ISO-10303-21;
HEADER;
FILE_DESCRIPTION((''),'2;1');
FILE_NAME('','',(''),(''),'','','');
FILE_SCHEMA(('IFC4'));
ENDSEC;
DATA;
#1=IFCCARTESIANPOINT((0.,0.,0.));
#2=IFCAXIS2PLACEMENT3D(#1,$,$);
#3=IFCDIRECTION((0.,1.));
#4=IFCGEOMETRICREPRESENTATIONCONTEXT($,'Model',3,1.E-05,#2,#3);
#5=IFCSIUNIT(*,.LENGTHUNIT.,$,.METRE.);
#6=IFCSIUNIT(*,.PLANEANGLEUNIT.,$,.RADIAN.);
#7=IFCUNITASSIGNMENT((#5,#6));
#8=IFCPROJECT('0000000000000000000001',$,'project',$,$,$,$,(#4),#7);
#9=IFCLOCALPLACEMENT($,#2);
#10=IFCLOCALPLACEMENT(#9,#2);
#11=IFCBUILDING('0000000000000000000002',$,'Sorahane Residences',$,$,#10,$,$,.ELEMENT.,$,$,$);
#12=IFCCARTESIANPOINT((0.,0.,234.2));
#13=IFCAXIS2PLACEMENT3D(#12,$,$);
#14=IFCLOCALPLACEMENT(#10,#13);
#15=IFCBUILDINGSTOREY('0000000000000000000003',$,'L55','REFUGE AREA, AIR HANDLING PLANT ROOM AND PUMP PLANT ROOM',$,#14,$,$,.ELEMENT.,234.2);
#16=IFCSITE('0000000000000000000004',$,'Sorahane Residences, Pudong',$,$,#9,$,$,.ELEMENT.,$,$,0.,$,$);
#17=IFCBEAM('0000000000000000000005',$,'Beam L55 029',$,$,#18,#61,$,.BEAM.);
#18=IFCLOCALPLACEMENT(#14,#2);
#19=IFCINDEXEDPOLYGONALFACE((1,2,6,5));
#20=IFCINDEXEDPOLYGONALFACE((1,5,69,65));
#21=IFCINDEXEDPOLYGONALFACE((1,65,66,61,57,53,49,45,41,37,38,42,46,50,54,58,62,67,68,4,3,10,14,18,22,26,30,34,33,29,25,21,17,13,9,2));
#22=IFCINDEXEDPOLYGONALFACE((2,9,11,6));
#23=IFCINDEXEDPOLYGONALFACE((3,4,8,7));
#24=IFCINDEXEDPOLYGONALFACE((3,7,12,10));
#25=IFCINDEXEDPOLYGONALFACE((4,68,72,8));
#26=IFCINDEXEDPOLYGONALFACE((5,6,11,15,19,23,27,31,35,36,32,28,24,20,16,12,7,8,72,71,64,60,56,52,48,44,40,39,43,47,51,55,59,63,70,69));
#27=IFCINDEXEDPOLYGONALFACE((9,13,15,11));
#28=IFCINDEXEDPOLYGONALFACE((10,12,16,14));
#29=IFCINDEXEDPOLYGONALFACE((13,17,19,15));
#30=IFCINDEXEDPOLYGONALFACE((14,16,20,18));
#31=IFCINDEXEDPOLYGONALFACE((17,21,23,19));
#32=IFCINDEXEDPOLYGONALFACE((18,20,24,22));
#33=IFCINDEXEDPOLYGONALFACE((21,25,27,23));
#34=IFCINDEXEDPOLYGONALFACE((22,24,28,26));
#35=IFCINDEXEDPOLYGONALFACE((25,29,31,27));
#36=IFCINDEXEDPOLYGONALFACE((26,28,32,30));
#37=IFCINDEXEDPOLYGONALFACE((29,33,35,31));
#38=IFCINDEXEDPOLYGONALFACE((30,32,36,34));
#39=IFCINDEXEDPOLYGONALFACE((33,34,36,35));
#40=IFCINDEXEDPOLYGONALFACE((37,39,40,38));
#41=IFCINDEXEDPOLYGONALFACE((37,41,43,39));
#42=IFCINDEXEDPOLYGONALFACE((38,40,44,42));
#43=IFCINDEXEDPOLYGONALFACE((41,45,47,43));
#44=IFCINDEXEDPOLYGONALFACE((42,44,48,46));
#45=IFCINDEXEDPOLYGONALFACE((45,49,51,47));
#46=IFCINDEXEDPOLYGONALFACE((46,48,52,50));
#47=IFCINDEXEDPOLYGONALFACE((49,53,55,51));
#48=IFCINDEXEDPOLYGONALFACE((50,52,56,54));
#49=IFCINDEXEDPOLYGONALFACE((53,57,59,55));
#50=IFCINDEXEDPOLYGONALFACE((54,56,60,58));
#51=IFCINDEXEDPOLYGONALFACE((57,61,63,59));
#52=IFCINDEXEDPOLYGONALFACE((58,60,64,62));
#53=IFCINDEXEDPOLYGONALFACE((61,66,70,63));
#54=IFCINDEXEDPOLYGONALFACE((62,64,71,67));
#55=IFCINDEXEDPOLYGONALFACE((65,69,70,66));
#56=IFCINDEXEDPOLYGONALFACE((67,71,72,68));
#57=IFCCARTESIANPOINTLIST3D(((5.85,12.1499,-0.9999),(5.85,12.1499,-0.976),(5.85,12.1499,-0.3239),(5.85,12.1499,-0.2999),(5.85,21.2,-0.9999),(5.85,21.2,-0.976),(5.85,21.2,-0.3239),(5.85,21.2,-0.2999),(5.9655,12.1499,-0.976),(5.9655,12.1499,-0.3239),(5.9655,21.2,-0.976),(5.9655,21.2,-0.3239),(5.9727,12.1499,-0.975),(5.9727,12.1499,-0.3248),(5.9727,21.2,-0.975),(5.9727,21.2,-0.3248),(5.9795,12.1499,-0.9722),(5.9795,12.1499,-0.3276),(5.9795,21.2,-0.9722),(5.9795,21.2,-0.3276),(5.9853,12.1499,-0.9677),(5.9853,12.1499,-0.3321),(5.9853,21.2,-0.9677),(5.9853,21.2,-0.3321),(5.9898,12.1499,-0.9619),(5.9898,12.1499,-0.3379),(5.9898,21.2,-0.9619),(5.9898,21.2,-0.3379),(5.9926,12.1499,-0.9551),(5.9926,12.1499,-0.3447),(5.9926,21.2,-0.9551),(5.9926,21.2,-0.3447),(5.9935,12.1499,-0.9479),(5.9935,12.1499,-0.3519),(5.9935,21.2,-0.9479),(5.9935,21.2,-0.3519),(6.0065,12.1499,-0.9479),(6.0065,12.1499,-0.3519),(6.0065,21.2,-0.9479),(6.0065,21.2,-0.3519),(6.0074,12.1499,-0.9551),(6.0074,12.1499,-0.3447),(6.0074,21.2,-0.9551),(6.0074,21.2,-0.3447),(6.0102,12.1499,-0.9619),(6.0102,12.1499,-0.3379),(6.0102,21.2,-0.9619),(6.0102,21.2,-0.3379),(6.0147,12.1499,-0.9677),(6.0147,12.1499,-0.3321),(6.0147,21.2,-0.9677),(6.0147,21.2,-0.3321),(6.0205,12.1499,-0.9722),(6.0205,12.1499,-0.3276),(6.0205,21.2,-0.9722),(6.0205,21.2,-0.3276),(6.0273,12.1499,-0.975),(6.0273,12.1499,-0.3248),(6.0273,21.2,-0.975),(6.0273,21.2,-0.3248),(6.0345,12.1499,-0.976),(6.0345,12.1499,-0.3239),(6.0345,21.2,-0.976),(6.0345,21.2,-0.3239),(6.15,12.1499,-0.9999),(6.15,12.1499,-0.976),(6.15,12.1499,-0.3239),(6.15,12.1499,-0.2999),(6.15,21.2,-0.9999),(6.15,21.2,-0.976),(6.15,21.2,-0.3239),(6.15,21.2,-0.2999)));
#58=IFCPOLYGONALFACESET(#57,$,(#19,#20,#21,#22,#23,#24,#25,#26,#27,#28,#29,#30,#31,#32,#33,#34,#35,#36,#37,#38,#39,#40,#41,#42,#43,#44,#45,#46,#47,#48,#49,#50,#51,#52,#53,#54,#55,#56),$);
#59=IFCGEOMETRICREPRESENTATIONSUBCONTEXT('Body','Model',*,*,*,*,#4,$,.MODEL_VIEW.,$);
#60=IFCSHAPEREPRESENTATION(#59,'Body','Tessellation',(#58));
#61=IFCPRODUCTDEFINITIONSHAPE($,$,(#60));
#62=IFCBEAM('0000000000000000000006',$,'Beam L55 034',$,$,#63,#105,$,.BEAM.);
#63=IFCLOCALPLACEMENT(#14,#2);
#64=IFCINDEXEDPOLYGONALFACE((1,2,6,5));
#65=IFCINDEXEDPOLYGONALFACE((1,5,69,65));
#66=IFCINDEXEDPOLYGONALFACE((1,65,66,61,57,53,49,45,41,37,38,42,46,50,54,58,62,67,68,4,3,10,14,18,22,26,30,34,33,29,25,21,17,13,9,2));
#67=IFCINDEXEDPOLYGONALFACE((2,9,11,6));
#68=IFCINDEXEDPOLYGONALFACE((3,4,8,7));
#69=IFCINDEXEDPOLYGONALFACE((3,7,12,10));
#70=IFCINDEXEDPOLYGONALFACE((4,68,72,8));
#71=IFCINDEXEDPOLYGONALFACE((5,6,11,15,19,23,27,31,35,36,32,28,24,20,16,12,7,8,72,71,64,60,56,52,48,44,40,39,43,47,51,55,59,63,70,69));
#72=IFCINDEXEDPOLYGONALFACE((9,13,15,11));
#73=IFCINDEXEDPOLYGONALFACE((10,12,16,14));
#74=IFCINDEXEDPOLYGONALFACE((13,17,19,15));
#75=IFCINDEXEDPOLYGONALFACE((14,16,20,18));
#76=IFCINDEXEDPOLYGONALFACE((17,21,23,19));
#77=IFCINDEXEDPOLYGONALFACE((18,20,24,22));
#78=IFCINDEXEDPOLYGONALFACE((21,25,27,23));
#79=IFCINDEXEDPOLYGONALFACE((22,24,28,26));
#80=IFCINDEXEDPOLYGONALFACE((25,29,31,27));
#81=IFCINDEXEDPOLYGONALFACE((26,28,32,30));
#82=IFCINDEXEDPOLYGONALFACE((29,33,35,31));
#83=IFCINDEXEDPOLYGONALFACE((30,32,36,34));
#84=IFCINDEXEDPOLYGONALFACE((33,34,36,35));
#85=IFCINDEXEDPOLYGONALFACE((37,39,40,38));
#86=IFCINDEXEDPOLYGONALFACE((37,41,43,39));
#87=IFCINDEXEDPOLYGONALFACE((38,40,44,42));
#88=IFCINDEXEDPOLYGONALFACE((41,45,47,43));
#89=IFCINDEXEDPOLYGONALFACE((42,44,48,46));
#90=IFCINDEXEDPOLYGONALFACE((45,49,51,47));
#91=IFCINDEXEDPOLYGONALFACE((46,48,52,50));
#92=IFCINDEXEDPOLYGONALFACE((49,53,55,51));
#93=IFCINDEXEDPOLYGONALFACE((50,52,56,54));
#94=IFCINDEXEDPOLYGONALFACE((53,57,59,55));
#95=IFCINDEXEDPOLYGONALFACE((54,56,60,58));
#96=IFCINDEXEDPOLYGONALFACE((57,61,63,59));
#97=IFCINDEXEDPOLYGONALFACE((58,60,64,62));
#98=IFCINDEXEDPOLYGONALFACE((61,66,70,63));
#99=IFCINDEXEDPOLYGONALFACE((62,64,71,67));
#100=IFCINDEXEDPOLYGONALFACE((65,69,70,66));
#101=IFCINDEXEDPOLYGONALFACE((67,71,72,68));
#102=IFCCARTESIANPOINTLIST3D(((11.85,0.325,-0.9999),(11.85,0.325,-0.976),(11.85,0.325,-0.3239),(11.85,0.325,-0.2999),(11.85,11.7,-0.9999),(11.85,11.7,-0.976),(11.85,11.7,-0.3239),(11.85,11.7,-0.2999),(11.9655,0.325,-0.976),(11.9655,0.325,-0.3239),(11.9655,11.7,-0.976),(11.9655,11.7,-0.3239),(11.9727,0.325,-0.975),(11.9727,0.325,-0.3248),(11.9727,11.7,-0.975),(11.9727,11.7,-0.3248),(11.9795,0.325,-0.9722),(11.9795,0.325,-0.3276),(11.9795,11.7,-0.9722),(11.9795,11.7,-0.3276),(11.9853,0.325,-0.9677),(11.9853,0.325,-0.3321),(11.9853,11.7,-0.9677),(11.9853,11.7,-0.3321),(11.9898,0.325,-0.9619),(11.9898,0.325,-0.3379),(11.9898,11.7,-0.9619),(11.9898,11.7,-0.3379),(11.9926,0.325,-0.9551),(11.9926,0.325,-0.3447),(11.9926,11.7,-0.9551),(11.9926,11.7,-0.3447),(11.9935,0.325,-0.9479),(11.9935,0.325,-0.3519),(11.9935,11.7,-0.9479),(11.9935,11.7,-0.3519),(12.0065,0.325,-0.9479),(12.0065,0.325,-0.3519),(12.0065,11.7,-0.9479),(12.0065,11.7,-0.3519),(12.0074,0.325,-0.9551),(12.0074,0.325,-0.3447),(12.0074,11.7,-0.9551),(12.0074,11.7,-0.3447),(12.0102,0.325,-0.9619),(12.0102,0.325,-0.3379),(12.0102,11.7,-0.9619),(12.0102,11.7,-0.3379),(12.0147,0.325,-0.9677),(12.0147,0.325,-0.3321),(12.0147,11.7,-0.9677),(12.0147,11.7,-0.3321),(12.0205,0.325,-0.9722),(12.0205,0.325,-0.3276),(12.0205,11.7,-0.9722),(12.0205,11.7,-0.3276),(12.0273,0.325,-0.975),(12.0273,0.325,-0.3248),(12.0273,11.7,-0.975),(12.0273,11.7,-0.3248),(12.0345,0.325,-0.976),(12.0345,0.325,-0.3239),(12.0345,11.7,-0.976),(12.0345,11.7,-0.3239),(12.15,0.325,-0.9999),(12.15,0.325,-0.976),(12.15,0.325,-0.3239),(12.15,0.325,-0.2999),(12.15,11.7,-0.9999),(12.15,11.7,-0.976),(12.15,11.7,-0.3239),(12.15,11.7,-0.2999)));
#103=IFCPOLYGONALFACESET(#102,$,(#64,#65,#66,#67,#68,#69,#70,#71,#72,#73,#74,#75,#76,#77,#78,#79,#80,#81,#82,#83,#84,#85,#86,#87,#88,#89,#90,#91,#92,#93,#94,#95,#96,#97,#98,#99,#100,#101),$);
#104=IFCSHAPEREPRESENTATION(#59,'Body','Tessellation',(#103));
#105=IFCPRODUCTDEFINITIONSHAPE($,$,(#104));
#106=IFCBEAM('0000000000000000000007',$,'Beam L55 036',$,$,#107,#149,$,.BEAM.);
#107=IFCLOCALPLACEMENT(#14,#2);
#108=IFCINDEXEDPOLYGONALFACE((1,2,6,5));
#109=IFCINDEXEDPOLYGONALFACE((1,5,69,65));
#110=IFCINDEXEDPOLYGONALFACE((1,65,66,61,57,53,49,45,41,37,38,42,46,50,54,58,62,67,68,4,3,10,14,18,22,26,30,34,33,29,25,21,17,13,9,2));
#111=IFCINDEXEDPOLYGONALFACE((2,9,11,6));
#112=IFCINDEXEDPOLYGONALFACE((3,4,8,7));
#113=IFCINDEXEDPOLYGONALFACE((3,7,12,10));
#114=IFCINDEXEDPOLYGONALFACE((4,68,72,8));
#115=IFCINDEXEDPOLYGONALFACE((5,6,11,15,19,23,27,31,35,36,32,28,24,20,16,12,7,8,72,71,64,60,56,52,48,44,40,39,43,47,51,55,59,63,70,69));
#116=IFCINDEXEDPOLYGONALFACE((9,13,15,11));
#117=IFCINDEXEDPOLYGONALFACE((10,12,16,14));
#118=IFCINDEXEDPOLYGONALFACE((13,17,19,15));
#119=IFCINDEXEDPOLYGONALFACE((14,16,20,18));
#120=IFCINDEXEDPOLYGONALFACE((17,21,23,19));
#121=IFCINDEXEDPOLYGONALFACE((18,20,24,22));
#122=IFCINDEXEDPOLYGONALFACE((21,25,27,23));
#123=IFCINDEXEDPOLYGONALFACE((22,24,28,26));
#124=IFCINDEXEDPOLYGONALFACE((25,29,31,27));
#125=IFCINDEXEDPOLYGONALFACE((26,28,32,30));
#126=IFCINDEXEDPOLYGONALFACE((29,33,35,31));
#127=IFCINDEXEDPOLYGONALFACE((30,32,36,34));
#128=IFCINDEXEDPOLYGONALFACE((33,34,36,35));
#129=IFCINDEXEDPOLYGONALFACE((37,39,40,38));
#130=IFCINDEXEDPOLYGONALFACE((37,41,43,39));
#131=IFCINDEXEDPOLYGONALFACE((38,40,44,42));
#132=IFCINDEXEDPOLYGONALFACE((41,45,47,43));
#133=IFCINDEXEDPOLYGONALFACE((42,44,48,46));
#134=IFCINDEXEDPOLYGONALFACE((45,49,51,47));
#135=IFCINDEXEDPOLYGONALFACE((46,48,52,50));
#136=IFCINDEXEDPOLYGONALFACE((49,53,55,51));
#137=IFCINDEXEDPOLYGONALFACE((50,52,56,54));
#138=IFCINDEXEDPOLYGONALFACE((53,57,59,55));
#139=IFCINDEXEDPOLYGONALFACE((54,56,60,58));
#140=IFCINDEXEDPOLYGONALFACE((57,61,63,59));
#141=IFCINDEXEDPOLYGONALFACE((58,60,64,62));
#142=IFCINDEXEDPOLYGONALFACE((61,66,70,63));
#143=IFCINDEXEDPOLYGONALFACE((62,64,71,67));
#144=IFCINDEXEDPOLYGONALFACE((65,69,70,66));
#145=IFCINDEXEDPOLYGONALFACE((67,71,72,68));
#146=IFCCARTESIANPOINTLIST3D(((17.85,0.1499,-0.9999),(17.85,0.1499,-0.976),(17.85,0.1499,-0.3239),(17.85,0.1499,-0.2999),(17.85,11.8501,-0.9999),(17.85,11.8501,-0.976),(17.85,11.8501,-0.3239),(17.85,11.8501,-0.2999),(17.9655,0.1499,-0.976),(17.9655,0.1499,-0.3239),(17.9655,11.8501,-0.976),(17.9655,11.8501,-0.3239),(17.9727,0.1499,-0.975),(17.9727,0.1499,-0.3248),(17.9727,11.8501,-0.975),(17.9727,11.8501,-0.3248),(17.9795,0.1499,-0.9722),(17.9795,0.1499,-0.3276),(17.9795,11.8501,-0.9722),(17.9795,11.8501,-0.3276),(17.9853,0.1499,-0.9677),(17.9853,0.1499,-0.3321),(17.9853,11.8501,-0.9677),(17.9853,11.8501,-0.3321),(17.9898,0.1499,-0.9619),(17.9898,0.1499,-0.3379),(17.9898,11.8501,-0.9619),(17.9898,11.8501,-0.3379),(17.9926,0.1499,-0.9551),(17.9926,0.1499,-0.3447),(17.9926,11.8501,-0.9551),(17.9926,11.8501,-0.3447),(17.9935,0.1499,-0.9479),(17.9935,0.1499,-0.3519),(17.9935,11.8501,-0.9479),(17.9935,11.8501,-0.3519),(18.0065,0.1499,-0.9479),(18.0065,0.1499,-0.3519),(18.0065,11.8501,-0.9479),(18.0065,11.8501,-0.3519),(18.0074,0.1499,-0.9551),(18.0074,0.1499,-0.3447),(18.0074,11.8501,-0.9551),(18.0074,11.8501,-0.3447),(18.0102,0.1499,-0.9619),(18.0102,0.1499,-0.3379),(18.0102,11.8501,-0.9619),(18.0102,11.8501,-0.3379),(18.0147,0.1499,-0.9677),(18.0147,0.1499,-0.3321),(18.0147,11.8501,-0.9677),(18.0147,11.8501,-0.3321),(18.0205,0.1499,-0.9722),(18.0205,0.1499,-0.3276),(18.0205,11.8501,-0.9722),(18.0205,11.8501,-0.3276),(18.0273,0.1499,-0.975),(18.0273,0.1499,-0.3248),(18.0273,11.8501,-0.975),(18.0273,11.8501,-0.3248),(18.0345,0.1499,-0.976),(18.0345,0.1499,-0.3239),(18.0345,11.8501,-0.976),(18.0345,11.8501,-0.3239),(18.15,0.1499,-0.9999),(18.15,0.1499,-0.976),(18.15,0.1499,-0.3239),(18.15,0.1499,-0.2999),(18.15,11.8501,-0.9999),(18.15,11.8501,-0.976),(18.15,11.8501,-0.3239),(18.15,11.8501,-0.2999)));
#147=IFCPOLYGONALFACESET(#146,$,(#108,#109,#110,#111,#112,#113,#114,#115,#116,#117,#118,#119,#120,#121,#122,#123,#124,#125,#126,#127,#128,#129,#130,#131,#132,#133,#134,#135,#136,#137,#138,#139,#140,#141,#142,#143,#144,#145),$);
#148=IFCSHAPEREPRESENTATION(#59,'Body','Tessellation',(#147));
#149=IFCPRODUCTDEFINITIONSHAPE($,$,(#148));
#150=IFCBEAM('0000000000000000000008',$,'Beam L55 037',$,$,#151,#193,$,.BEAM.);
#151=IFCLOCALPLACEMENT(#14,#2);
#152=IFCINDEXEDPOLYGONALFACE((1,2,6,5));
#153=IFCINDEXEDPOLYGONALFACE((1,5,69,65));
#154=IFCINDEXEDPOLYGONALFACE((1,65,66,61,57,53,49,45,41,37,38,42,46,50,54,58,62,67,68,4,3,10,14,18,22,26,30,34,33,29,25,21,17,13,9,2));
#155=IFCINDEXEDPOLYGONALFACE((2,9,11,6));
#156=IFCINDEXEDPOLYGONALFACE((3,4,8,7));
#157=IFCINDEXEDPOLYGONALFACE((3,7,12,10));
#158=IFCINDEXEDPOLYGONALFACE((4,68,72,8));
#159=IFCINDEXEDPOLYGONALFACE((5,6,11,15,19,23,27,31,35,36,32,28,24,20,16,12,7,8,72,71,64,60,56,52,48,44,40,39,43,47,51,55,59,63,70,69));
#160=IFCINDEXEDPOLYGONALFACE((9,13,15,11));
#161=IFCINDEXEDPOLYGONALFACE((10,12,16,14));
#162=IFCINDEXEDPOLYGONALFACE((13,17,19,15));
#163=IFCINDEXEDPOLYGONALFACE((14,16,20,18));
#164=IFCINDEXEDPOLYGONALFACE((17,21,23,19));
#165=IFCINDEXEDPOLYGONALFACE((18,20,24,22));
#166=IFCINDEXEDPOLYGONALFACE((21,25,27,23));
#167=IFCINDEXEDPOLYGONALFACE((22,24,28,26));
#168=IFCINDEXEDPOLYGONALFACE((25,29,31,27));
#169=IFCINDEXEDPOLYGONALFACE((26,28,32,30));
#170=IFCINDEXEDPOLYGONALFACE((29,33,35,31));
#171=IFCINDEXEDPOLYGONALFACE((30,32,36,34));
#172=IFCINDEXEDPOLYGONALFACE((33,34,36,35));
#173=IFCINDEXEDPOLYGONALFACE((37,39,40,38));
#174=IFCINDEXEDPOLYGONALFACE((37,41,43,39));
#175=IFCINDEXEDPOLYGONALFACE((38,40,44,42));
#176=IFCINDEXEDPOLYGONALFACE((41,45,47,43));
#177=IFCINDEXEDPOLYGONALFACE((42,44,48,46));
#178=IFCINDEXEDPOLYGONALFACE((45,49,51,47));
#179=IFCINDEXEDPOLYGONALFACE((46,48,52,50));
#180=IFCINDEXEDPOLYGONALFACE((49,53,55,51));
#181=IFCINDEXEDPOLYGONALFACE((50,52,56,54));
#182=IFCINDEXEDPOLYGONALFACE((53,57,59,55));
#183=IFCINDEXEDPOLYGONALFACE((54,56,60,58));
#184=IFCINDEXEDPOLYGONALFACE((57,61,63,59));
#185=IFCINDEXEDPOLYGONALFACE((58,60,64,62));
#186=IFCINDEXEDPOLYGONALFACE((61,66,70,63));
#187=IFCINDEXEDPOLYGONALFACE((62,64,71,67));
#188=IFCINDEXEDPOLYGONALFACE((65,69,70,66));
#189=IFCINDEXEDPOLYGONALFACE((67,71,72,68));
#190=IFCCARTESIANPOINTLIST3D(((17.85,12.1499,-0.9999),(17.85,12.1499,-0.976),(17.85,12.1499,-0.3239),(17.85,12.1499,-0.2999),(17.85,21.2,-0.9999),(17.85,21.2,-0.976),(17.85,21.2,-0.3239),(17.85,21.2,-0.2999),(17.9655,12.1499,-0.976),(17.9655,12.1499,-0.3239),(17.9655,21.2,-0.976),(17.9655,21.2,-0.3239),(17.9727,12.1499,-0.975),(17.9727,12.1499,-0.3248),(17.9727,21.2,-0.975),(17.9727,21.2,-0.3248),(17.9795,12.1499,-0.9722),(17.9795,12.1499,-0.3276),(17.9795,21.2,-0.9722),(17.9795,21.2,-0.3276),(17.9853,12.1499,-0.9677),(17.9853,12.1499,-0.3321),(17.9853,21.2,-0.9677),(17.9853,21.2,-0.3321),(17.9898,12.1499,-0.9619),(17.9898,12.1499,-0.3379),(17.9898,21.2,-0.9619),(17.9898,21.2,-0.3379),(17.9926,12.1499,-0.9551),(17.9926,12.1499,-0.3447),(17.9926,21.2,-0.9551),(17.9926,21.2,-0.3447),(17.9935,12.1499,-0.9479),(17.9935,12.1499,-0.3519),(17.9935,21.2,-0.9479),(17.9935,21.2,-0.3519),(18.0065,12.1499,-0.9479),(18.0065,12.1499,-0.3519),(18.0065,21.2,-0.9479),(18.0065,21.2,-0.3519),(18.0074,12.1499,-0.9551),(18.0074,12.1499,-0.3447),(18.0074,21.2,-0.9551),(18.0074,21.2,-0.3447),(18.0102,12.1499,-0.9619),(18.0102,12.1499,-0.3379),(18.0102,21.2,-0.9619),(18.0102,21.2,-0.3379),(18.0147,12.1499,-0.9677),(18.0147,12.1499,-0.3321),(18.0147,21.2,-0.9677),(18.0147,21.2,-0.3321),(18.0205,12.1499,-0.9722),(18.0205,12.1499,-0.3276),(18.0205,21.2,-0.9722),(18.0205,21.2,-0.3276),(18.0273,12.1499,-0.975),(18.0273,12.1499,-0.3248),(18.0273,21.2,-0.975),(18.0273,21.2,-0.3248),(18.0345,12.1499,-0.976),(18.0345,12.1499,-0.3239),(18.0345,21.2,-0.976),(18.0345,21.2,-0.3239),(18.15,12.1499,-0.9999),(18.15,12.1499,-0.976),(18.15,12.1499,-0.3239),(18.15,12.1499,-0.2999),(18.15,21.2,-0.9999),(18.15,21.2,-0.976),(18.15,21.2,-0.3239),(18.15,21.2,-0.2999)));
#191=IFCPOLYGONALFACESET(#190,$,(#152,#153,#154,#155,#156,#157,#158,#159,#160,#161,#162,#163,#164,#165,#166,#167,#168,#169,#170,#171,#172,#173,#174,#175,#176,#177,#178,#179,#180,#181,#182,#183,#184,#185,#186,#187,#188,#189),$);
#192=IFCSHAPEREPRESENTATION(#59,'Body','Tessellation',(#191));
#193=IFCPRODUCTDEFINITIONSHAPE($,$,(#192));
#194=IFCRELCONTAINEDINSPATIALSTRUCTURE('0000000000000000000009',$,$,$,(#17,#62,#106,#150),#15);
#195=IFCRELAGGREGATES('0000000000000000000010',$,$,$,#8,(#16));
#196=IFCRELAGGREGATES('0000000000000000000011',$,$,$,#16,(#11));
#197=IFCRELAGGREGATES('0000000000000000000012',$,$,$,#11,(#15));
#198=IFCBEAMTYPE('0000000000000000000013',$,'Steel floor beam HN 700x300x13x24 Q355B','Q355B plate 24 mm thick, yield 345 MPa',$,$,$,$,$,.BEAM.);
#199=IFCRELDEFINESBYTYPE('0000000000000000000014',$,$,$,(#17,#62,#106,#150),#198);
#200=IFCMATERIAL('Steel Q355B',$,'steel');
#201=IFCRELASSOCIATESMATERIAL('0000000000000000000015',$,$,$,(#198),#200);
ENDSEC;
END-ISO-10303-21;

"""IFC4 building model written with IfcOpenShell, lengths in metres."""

from ifc_helpers import new_model, si_unit, direction, frame, origin, origin_2d, place, context, subcontext, project, spatial, i_section, extrude, material, material_profile, profile_set, type_object, element, save


model = new_model("IFC4")

# Units and contexts
model_context = context("Model", 3, precision=1e-05, world=origin(), true_north=direction((0.0, 1.0)))
body_context = subcontext(model_context, "Body", "Model", "MODEL_VIEW")
ifc_project = project(units=[si_unit("LENGTHUNIT", "METRE"), si_unit("PLANEANGLEUNIT", "RADIAN")], contexts=[model_context])

# Site, building, storey
site_placement = place(None, origin())
site = spatial("IfcSite", under=ifc_project, at=site_placement, Name="Sorahane Residences, Pudong", CompositionType="ELEMENT", RefElevation=0.0)
building_placement = place(site_placement, origin())
building = spatial("IfcBuilding", under=site, at=building_placement, Name="Sorahane Residences", CompositionType="ELEMENT")
storey_placement = place(building_placement, frame((0.0, 0.0, 234.2)))
storey = spatial("IfcBuildingStorey", under=building, at=storey_placement, Name="L55", Description="REFUGE AREA, AIR HANDLING PLANT ROOM AND PUMP PLANT ROOM", CompositionType="ELEMENT", Elevation=234.2)

# Beams
ifc_material_1 = material(Name="Steel Q355B", Category="steel")
ifc_material_profile_1 = material_profile(ifc_material_1, i_section(OverallWidth=0.3, OverallDepth=0.7, WebThickness=0.0129, FlangeThickness=0.0239, FilletRadius=0.0281, at=origin_2d()), Name="HN 700x300x13x24")
ifc_profile_set_1 = profile_set([ifc_material_profile_1], Name="Steel Q355B")
beam_type_1 = type_object("IfcBeamType", Name="Steel floor beam HN 700x300x13x24 Q355B", Description="Q355B plate 24 mm thick, yield 345 MPa", PredefinedType="BEAM", material=ifc_profile_set_1)
beam_1_placement = place(storey_placement, frame((6.0, 12.1499, -0.6499), z_axis=(0.0, 1.0, 0.0), x_axis=(-1.0, 0.0, 0.0)))
element("IfcBeam", 1, at=beam_1_placement, inside=storey, type_object=beam_type_1, Name="Beam L55 029", PredefinedType="BEAM", context=body_context, shape_type="SweptSolid", body=[
    extrude(i_section(OverallWidth=0.3, OverallDepth=0.7, WebThickness=0.0129, FlangeThickness=0.0239, FilletRadius=0.0281, at=origin_2d()), origin(), (0.0, 0.0, 1.0), 9.05),
])
beam_2_placement = place(storey_placement, frame((12.0, 0.325, -0.6499), z_axis=(0.0, 1.0, 0.0), x_axis=(-1.0, 0.0, 0.0)))
element("IfcBeam", 2, at=beam_2_placement, inside=storey, type_object=beam_type_1, Name="Beam L55 034", PredefinedType="BEAM", context=body_context, shape_type="SweptSolid", body=[
    extrude(i_section(OverallWidth=0.3, OverallDepth=0.7, WebThickness=0.0129, FlangeThickness=0.0239, FilletRadius=0.0281, at=origin_2d()), origin(), (0.0, 0.0, 1.0), 11.375),
])
beam_3_placement = place(storey_placement, frame((18.0, 0.1499, -0.6499), z_axis=(0.0, 1.0, 0.0), x_axis=(-1.0, 0.0, 0.0)))
element("IfcBeam", 3, at=beam_3_placement, inside=storey, type_object=beam_type_1, Name="Beam L55 036", PredefinedType="BEAM", context=body_context, shape_type="SweptSolid", body=[
    extrude(i_section(OverallWidth=0.3, OverallDepth=0.7, WebThickness=0.0129, FlangeThickness=0.0239, FilletRadius=0.0281, at=origin_2d()), origin(), (0.0, 0.0, 1.0), 11.7002),
])
beam_4_placement = place(storey_placement, frame((18.0, 12.1499, -0.6499), z_axis=(0.0, 1.0, 0.0), x_axis=(-1.0, 0.0, 0.0)))
element("IfcBeam", 4, at=beam_4_placement, inside=storey, type_object=beam_type_1, Name="Beam L55 037", PredefinedType="BEAM", context=body_context, shape_type="SweptSolid", body=[
    extrude(i_section(OverallWidth=0.3, OverallDepth=0.7, WebThickness=0.0129, FlangeThickness=0.0239, FilletRadius=0.0281, at=origin_2d()), origin(), (0.0, 0.0, 1.0), 9.05),
])

save(model, "model.ifc")
